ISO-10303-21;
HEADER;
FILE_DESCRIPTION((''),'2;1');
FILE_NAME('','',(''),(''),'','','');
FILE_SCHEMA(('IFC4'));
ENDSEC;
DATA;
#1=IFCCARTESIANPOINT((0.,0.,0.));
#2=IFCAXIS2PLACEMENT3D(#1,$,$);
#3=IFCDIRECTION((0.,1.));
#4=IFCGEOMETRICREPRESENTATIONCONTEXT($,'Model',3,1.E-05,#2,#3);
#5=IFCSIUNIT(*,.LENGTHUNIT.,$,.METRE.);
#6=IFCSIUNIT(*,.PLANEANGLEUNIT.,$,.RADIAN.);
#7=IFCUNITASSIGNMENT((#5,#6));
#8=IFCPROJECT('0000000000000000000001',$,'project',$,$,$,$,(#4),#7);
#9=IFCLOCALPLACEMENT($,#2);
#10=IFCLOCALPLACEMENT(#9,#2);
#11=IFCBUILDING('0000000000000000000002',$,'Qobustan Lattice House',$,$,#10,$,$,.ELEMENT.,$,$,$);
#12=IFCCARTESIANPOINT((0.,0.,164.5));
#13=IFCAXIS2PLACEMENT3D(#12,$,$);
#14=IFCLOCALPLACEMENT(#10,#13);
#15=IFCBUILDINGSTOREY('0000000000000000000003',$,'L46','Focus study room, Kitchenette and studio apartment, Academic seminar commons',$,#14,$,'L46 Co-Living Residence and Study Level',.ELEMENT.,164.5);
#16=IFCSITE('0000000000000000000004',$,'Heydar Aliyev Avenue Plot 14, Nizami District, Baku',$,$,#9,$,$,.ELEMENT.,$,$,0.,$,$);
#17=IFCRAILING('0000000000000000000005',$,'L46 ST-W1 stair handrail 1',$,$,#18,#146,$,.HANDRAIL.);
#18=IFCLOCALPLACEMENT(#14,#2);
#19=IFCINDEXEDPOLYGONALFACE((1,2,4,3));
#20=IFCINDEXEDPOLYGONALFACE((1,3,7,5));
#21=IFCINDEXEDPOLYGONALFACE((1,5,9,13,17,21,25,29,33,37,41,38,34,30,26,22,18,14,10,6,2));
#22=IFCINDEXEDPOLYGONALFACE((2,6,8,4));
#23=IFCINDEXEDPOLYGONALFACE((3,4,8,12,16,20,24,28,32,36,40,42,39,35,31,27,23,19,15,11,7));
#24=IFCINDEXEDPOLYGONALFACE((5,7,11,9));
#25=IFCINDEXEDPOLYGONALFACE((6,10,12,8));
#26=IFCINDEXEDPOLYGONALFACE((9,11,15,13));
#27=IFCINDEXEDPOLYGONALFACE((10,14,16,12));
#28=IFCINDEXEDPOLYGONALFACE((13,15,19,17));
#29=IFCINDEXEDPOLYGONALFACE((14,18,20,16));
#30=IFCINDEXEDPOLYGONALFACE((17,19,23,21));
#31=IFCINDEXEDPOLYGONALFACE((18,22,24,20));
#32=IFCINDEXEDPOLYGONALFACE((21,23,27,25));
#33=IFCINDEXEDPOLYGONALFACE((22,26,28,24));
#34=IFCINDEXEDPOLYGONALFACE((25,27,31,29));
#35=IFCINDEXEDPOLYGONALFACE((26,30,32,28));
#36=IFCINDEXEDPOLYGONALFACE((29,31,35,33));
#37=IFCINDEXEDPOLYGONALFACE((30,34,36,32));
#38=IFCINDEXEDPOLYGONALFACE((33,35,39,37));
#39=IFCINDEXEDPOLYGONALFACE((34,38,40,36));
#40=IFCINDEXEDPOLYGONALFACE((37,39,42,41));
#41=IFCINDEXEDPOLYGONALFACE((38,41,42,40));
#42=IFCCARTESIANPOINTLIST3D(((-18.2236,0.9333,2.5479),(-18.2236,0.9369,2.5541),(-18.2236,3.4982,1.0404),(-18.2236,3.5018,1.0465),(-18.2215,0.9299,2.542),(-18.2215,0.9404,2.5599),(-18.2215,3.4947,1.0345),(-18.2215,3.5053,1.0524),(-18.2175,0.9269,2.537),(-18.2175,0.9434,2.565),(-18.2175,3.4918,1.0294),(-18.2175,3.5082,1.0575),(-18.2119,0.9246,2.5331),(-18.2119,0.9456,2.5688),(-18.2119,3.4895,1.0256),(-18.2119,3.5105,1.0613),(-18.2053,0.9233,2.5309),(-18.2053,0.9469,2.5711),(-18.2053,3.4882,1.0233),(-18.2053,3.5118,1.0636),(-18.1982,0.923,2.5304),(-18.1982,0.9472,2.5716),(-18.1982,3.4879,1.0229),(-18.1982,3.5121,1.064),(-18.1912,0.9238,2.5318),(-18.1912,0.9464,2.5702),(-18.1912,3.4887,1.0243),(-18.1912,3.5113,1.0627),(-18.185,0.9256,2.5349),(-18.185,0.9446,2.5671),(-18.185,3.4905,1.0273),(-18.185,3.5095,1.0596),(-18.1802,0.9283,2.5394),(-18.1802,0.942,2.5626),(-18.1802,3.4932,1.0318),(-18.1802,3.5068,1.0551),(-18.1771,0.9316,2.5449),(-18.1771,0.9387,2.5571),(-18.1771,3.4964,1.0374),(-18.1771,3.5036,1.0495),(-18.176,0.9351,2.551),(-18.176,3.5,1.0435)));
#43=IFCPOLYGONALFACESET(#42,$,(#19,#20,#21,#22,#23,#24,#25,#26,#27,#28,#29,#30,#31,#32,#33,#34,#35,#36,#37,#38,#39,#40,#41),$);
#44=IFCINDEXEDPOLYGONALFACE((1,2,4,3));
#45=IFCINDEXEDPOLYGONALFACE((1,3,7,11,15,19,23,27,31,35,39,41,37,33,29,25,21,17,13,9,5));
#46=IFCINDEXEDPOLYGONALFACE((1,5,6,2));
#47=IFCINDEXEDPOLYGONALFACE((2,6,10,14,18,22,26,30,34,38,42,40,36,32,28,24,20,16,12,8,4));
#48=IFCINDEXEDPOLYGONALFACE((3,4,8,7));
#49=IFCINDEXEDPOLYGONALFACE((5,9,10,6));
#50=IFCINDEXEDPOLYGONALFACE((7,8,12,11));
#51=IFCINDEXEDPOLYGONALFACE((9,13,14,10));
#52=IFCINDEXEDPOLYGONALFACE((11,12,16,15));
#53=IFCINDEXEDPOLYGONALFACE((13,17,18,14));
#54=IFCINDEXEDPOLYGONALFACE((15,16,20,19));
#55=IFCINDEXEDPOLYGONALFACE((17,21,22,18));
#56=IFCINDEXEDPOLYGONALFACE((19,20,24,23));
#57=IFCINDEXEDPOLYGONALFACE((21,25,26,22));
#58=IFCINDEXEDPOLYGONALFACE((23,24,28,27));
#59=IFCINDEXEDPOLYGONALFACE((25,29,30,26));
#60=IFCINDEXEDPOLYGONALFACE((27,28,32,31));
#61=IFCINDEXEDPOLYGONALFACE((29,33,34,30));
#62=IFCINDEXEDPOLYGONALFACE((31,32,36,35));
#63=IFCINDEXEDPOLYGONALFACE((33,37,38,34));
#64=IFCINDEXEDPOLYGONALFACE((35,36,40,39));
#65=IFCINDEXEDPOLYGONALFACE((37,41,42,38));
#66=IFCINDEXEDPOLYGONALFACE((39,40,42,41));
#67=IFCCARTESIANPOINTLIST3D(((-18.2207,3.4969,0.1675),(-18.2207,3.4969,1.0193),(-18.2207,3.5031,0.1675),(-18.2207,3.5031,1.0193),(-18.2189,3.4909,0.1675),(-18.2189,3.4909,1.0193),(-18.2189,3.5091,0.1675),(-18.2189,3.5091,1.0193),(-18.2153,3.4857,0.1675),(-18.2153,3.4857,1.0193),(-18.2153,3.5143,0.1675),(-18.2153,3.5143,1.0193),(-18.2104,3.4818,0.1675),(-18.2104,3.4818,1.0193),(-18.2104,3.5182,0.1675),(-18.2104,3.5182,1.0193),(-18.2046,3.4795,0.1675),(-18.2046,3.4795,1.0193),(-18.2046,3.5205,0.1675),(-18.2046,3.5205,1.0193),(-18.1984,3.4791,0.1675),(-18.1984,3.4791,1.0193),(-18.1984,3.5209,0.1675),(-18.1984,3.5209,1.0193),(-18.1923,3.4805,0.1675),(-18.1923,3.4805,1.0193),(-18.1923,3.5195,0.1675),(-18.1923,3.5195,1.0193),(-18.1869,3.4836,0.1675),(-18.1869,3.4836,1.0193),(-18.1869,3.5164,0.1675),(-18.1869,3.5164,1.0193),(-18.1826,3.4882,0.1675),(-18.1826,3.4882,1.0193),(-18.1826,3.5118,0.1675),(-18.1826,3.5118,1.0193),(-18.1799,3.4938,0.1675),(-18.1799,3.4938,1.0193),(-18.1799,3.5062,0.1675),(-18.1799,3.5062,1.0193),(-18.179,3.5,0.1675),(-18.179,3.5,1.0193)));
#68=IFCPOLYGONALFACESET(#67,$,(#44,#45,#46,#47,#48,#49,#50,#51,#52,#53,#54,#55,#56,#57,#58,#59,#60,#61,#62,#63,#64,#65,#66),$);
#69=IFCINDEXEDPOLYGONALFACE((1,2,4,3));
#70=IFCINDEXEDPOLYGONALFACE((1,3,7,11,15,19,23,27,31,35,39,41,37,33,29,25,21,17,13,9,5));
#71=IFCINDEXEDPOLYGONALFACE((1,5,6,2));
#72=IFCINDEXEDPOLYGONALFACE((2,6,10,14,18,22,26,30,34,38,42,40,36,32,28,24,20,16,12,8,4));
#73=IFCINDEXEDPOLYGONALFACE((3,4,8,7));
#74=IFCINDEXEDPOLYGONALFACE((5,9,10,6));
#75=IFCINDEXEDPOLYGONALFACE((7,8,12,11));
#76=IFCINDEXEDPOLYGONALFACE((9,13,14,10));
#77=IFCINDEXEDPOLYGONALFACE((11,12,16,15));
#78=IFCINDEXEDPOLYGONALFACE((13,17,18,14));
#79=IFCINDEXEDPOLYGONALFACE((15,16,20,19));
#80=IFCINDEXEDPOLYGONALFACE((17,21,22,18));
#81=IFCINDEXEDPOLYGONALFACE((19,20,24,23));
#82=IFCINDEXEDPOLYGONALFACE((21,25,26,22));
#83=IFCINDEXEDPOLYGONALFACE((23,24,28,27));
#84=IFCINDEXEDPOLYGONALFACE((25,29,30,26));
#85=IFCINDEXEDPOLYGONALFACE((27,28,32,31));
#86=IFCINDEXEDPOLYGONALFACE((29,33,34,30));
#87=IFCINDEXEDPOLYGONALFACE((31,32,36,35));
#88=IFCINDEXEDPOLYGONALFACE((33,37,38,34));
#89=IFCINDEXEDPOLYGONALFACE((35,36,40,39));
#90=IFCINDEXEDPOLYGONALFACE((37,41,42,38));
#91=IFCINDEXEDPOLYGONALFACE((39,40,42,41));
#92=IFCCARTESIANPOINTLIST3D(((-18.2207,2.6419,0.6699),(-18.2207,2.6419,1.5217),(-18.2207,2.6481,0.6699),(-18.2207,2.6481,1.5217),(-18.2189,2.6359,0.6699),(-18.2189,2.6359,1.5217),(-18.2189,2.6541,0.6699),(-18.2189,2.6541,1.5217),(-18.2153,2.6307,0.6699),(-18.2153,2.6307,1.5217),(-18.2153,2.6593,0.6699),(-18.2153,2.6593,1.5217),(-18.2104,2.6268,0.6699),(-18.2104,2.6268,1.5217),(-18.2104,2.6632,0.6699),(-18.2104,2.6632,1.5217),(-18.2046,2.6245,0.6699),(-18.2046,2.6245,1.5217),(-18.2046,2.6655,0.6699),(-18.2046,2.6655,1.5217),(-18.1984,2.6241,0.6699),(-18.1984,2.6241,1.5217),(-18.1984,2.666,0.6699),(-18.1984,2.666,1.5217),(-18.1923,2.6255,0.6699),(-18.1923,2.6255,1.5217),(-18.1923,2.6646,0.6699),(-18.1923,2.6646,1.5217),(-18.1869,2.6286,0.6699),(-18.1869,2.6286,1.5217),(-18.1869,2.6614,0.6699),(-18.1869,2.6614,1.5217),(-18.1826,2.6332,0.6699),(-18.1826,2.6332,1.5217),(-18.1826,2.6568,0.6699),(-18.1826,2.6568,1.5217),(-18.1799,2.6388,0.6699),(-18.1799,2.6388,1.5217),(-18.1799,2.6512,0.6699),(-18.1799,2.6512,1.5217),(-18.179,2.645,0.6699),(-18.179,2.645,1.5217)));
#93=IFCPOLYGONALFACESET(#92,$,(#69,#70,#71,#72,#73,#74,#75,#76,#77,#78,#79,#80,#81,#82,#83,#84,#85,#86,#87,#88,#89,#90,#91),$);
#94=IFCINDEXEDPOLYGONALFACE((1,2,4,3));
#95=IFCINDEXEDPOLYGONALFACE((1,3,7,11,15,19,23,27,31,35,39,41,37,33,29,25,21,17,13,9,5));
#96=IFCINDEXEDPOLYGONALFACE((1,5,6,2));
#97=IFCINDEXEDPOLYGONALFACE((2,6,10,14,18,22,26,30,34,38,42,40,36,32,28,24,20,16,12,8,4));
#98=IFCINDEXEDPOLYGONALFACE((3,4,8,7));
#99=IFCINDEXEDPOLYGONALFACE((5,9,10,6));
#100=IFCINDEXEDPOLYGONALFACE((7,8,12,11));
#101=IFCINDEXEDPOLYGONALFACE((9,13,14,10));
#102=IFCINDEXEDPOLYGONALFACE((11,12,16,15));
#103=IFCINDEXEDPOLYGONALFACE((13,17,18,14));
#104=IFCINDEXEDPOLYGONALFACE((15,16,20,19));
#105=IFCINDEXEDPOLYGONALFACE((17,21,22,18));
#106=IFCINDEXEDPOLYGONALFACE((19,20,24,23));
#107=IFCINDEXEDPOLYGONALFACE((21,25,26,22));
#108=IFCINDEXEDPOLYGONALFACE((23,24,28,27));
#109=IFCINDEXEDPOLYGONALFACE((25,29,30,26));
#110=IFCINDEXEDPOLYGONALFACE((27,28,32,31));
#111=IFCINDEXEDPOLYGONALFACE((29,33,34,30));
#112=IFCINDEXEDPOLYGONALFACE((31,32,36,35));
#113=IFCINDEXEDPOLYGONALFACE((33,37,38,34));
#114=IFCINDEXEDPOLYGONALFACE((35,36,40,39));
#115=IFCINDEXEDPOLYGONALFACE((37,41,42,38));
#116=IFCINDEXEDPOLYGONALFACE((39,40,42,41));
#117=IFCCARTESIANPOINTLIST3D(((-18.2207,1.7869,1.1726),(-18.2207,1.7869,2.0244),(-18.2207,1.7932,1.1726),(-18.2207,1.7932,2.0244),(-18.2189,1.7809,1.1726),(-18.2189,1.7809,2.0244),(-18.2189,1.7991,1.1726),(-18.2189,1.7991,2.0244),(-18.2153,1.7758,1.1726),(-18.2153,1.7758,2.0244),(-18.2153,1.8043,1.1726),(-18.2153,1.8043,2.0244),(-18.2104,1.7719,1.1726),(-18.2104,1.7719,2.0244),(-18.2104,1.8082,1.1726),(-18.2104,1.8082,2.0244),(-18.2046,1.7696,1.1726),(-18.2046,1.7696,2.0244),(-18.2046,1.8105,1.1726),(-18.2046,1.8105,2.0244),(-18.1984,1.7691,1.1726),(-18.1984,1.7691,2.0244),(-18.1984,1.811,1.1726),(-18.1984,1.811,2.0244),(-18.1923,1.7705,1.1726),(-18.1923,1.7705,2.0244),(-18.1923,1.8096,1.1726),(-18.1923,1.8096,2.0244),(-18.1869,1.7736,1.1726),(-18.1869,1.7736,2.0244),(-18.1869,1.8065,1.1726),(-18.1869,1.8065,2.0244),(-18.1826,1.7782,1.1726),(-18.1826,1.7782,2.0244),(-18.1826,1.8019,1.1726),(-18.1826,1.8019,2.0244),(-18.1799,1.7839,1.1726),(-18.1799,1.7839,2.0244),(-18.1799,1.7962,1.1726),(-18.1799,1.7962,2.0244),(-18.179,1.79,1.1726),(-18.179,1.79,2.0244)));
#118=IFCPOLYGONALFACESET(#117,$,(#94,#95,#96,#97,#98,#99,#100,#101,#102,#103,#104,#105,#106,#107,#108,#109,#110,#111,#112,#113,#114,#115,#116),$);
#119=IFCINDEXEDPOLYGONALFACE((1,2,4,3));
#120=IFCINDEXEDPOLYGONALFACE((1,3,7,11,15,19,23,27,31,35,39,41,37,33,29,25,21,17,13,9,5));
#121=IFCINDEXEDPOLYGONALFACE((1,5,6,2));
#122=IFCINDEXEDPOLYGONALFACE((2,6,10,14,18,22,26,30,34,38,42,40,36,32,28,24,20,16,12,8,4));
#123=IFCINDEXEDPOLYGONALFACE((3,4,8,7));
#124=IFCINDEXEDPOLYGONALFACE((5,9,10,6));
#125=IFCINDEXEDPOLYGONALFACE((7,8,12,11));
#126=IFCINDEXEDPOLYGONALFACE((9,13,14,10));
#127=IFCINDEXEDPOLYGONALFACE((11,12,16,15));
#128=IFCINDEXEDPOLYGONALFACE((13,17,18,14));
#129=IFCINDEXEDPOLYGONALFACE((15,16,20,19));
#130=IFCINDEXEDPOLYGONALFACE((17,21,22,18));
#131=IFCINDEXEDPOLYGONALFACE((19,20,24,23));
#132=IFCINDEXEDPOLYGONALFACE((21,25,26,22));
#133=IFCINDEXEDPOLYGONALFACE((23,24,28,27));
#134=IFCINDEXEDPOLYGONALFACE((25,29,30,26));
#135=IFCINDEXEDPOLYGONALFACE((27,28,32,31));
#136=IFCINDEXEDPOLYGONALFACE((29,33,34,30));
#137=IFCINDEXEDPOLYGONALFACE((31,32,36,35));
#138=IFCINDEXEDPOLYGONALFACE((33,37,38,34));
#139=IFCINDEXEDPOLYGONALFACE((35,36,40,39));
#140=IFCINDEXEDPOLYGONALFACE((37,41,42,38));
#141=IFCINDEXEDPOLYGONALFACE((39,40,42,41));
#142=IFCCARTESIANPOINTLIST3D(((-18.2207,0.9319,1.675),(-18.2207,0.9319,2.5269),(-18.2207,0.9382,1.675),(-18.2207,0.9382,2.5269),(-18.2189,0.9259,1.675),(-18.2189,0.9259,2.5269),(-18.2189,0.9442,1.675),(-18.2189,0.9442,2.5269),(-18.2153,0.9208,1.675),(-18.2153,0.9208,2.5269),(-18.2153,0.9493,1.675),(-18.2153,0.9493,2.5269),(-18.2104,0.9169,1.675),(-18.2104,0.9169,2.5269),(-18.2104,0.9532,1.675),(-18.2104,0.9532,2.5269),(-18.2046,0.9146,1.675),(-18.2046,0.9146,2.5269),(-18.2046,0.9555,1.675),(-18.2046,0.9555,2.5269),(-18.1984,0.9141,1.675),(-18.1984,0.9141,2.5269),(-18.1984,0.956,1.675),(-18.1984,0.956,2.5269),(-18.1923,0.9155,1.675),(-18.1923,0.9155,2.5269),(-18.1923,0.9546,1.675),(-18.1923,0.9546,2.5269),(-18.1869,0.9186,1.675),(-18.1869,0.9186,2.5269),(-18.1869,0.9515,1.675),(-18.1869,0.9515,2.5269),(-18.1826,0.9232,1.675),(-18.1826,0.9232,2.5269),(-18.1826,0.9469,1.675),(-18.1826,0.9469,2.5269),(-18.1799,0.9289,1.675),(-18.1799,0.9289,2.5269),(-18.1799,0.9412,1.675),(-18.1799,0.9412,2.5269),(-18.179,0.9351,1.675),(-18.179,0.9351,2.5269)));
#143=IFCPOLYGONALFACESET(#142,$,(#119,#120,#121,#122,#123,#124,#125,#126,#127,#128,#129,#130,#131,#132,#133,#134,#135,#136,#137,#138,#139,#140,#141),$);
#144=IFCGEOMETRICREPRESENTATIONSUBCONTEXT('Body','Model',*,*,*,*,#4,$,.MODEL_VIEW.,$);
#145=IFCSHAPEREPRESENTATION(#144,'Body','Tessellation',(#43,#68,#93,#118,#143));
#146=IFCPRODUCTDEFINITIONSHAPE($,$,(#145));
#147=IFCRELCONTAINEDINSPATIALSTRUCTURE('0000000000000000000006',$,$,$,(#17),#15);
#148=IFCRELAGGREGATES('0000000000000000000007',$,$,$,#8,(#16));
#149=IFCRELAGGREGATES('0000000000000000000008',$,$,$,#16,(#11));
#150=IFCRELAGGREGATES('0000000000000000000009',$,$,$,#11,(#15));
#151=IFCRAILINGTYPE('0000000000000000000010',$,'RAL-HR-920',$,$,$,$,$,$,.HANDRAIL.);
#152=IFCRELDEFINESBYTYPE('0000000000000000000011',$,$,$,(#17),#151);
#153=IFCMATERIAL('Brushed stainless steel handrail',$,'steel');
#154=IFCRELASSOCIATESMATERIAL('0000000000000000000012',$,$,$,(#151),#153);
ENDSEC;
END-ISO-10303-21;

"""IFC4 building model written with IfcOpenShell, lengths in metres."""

from ifc_helpers import new_model, si_unit, direction, frame, origin, origin_2d, place, context, subcontext, project, spatial, circle, extrude, material, type_object, element, save


model = new_model("IFC4")

# Units and contexts
model_context = context("Model", 3, precision=1e-05, world=origin(), true_north=direction((0.0, 1.0)))
body_context = subcontext(model_context, "Body", "Model", "MODEL_VIEW")
ifc_project = project(units=[si_unit("LENGTHUNIT", "METRE"), si_unit("PLANEANGLEUNIT", "RADIAN")], contexts=[model_context])

# Site, building, storey
site_placement = place(None, origin())
site = spatial("IfcSite", under=ifc_project, at=site_placement, Name="Heydar Aliyev Avenue Plot 14, Nizami District, Baku", CompositionType="ELEMENT", RefElevation=0.0)
building_placement = place(site_placement, origin())
building = spatial("IfcBuilding", under=site, at=building_placement, Name="Qobustan Lattice House", CompositionType="ELEMENT")
storey_placement = place(building_placement, frame((0.0, 0.0, 164.5)))
storey = spatial("IfcBuildingStorey", under=building, at=storey_placement, Name="L46", Description="Focus study room, Kitchenette and studio apartment, Academic seminar commons", LongName="L46 Co-Living Residence and Study Level", CompositionType="ELEMENT", Elevation=164.5)

# Railing
ifc_material_1 = material(Name="Brushed stainless steel handrail", Category="steel")
railing_type_1 = type_object("IfcRailingType", Name="RAL-HR-920", PredefinedType="HANDRAIL", material=ifc_material_1)
railing_1_placement = place(storey_placement, frame((-18.2, 3.5, 0.1675)))
element("IfcRailing", 1, at=railing_1_placement, inside=storey, type_object=railing_type_1, Name="L46 ST-W1 stair handrail 1", PredefinedType="HANDRAIL", context=body_context, shape_type="SweptSolid", body=[
    extrude(circle(Radius=0.0239, at=origin_2d()), frame((0.0, 0.0, 0.876), z_axis=(0.0, -0.862113, 0.506715), x_axis=(1.0, 0.0, 0.0)), (0.0, 0.0, 1.0), 2.9751),
    extrude(circle(Radius=0.021, at=origin_2d()), origin(), (0.0, 0.0, 1.0), 0.8518),
    extrude(circle(Radius=0.021, at=origin_2d()), frame((0.0, -0.855, 0.5024)), (0.0, 0.0, 1.0), 0.8518),
    extrude(circle(Radius=0.021, at=origin_2d()), frame((0.0, -1.71, 1.0051)), (0.0, 0.0, 1.0), 0.8518),
    extrude(circle(Radius=0.021, at=origin_2d()), frame((0.0, -2.5649, 1.5076)), (0.0, 0.0, 1.0), 0.8518),
])

save(model, "model.ifc")
